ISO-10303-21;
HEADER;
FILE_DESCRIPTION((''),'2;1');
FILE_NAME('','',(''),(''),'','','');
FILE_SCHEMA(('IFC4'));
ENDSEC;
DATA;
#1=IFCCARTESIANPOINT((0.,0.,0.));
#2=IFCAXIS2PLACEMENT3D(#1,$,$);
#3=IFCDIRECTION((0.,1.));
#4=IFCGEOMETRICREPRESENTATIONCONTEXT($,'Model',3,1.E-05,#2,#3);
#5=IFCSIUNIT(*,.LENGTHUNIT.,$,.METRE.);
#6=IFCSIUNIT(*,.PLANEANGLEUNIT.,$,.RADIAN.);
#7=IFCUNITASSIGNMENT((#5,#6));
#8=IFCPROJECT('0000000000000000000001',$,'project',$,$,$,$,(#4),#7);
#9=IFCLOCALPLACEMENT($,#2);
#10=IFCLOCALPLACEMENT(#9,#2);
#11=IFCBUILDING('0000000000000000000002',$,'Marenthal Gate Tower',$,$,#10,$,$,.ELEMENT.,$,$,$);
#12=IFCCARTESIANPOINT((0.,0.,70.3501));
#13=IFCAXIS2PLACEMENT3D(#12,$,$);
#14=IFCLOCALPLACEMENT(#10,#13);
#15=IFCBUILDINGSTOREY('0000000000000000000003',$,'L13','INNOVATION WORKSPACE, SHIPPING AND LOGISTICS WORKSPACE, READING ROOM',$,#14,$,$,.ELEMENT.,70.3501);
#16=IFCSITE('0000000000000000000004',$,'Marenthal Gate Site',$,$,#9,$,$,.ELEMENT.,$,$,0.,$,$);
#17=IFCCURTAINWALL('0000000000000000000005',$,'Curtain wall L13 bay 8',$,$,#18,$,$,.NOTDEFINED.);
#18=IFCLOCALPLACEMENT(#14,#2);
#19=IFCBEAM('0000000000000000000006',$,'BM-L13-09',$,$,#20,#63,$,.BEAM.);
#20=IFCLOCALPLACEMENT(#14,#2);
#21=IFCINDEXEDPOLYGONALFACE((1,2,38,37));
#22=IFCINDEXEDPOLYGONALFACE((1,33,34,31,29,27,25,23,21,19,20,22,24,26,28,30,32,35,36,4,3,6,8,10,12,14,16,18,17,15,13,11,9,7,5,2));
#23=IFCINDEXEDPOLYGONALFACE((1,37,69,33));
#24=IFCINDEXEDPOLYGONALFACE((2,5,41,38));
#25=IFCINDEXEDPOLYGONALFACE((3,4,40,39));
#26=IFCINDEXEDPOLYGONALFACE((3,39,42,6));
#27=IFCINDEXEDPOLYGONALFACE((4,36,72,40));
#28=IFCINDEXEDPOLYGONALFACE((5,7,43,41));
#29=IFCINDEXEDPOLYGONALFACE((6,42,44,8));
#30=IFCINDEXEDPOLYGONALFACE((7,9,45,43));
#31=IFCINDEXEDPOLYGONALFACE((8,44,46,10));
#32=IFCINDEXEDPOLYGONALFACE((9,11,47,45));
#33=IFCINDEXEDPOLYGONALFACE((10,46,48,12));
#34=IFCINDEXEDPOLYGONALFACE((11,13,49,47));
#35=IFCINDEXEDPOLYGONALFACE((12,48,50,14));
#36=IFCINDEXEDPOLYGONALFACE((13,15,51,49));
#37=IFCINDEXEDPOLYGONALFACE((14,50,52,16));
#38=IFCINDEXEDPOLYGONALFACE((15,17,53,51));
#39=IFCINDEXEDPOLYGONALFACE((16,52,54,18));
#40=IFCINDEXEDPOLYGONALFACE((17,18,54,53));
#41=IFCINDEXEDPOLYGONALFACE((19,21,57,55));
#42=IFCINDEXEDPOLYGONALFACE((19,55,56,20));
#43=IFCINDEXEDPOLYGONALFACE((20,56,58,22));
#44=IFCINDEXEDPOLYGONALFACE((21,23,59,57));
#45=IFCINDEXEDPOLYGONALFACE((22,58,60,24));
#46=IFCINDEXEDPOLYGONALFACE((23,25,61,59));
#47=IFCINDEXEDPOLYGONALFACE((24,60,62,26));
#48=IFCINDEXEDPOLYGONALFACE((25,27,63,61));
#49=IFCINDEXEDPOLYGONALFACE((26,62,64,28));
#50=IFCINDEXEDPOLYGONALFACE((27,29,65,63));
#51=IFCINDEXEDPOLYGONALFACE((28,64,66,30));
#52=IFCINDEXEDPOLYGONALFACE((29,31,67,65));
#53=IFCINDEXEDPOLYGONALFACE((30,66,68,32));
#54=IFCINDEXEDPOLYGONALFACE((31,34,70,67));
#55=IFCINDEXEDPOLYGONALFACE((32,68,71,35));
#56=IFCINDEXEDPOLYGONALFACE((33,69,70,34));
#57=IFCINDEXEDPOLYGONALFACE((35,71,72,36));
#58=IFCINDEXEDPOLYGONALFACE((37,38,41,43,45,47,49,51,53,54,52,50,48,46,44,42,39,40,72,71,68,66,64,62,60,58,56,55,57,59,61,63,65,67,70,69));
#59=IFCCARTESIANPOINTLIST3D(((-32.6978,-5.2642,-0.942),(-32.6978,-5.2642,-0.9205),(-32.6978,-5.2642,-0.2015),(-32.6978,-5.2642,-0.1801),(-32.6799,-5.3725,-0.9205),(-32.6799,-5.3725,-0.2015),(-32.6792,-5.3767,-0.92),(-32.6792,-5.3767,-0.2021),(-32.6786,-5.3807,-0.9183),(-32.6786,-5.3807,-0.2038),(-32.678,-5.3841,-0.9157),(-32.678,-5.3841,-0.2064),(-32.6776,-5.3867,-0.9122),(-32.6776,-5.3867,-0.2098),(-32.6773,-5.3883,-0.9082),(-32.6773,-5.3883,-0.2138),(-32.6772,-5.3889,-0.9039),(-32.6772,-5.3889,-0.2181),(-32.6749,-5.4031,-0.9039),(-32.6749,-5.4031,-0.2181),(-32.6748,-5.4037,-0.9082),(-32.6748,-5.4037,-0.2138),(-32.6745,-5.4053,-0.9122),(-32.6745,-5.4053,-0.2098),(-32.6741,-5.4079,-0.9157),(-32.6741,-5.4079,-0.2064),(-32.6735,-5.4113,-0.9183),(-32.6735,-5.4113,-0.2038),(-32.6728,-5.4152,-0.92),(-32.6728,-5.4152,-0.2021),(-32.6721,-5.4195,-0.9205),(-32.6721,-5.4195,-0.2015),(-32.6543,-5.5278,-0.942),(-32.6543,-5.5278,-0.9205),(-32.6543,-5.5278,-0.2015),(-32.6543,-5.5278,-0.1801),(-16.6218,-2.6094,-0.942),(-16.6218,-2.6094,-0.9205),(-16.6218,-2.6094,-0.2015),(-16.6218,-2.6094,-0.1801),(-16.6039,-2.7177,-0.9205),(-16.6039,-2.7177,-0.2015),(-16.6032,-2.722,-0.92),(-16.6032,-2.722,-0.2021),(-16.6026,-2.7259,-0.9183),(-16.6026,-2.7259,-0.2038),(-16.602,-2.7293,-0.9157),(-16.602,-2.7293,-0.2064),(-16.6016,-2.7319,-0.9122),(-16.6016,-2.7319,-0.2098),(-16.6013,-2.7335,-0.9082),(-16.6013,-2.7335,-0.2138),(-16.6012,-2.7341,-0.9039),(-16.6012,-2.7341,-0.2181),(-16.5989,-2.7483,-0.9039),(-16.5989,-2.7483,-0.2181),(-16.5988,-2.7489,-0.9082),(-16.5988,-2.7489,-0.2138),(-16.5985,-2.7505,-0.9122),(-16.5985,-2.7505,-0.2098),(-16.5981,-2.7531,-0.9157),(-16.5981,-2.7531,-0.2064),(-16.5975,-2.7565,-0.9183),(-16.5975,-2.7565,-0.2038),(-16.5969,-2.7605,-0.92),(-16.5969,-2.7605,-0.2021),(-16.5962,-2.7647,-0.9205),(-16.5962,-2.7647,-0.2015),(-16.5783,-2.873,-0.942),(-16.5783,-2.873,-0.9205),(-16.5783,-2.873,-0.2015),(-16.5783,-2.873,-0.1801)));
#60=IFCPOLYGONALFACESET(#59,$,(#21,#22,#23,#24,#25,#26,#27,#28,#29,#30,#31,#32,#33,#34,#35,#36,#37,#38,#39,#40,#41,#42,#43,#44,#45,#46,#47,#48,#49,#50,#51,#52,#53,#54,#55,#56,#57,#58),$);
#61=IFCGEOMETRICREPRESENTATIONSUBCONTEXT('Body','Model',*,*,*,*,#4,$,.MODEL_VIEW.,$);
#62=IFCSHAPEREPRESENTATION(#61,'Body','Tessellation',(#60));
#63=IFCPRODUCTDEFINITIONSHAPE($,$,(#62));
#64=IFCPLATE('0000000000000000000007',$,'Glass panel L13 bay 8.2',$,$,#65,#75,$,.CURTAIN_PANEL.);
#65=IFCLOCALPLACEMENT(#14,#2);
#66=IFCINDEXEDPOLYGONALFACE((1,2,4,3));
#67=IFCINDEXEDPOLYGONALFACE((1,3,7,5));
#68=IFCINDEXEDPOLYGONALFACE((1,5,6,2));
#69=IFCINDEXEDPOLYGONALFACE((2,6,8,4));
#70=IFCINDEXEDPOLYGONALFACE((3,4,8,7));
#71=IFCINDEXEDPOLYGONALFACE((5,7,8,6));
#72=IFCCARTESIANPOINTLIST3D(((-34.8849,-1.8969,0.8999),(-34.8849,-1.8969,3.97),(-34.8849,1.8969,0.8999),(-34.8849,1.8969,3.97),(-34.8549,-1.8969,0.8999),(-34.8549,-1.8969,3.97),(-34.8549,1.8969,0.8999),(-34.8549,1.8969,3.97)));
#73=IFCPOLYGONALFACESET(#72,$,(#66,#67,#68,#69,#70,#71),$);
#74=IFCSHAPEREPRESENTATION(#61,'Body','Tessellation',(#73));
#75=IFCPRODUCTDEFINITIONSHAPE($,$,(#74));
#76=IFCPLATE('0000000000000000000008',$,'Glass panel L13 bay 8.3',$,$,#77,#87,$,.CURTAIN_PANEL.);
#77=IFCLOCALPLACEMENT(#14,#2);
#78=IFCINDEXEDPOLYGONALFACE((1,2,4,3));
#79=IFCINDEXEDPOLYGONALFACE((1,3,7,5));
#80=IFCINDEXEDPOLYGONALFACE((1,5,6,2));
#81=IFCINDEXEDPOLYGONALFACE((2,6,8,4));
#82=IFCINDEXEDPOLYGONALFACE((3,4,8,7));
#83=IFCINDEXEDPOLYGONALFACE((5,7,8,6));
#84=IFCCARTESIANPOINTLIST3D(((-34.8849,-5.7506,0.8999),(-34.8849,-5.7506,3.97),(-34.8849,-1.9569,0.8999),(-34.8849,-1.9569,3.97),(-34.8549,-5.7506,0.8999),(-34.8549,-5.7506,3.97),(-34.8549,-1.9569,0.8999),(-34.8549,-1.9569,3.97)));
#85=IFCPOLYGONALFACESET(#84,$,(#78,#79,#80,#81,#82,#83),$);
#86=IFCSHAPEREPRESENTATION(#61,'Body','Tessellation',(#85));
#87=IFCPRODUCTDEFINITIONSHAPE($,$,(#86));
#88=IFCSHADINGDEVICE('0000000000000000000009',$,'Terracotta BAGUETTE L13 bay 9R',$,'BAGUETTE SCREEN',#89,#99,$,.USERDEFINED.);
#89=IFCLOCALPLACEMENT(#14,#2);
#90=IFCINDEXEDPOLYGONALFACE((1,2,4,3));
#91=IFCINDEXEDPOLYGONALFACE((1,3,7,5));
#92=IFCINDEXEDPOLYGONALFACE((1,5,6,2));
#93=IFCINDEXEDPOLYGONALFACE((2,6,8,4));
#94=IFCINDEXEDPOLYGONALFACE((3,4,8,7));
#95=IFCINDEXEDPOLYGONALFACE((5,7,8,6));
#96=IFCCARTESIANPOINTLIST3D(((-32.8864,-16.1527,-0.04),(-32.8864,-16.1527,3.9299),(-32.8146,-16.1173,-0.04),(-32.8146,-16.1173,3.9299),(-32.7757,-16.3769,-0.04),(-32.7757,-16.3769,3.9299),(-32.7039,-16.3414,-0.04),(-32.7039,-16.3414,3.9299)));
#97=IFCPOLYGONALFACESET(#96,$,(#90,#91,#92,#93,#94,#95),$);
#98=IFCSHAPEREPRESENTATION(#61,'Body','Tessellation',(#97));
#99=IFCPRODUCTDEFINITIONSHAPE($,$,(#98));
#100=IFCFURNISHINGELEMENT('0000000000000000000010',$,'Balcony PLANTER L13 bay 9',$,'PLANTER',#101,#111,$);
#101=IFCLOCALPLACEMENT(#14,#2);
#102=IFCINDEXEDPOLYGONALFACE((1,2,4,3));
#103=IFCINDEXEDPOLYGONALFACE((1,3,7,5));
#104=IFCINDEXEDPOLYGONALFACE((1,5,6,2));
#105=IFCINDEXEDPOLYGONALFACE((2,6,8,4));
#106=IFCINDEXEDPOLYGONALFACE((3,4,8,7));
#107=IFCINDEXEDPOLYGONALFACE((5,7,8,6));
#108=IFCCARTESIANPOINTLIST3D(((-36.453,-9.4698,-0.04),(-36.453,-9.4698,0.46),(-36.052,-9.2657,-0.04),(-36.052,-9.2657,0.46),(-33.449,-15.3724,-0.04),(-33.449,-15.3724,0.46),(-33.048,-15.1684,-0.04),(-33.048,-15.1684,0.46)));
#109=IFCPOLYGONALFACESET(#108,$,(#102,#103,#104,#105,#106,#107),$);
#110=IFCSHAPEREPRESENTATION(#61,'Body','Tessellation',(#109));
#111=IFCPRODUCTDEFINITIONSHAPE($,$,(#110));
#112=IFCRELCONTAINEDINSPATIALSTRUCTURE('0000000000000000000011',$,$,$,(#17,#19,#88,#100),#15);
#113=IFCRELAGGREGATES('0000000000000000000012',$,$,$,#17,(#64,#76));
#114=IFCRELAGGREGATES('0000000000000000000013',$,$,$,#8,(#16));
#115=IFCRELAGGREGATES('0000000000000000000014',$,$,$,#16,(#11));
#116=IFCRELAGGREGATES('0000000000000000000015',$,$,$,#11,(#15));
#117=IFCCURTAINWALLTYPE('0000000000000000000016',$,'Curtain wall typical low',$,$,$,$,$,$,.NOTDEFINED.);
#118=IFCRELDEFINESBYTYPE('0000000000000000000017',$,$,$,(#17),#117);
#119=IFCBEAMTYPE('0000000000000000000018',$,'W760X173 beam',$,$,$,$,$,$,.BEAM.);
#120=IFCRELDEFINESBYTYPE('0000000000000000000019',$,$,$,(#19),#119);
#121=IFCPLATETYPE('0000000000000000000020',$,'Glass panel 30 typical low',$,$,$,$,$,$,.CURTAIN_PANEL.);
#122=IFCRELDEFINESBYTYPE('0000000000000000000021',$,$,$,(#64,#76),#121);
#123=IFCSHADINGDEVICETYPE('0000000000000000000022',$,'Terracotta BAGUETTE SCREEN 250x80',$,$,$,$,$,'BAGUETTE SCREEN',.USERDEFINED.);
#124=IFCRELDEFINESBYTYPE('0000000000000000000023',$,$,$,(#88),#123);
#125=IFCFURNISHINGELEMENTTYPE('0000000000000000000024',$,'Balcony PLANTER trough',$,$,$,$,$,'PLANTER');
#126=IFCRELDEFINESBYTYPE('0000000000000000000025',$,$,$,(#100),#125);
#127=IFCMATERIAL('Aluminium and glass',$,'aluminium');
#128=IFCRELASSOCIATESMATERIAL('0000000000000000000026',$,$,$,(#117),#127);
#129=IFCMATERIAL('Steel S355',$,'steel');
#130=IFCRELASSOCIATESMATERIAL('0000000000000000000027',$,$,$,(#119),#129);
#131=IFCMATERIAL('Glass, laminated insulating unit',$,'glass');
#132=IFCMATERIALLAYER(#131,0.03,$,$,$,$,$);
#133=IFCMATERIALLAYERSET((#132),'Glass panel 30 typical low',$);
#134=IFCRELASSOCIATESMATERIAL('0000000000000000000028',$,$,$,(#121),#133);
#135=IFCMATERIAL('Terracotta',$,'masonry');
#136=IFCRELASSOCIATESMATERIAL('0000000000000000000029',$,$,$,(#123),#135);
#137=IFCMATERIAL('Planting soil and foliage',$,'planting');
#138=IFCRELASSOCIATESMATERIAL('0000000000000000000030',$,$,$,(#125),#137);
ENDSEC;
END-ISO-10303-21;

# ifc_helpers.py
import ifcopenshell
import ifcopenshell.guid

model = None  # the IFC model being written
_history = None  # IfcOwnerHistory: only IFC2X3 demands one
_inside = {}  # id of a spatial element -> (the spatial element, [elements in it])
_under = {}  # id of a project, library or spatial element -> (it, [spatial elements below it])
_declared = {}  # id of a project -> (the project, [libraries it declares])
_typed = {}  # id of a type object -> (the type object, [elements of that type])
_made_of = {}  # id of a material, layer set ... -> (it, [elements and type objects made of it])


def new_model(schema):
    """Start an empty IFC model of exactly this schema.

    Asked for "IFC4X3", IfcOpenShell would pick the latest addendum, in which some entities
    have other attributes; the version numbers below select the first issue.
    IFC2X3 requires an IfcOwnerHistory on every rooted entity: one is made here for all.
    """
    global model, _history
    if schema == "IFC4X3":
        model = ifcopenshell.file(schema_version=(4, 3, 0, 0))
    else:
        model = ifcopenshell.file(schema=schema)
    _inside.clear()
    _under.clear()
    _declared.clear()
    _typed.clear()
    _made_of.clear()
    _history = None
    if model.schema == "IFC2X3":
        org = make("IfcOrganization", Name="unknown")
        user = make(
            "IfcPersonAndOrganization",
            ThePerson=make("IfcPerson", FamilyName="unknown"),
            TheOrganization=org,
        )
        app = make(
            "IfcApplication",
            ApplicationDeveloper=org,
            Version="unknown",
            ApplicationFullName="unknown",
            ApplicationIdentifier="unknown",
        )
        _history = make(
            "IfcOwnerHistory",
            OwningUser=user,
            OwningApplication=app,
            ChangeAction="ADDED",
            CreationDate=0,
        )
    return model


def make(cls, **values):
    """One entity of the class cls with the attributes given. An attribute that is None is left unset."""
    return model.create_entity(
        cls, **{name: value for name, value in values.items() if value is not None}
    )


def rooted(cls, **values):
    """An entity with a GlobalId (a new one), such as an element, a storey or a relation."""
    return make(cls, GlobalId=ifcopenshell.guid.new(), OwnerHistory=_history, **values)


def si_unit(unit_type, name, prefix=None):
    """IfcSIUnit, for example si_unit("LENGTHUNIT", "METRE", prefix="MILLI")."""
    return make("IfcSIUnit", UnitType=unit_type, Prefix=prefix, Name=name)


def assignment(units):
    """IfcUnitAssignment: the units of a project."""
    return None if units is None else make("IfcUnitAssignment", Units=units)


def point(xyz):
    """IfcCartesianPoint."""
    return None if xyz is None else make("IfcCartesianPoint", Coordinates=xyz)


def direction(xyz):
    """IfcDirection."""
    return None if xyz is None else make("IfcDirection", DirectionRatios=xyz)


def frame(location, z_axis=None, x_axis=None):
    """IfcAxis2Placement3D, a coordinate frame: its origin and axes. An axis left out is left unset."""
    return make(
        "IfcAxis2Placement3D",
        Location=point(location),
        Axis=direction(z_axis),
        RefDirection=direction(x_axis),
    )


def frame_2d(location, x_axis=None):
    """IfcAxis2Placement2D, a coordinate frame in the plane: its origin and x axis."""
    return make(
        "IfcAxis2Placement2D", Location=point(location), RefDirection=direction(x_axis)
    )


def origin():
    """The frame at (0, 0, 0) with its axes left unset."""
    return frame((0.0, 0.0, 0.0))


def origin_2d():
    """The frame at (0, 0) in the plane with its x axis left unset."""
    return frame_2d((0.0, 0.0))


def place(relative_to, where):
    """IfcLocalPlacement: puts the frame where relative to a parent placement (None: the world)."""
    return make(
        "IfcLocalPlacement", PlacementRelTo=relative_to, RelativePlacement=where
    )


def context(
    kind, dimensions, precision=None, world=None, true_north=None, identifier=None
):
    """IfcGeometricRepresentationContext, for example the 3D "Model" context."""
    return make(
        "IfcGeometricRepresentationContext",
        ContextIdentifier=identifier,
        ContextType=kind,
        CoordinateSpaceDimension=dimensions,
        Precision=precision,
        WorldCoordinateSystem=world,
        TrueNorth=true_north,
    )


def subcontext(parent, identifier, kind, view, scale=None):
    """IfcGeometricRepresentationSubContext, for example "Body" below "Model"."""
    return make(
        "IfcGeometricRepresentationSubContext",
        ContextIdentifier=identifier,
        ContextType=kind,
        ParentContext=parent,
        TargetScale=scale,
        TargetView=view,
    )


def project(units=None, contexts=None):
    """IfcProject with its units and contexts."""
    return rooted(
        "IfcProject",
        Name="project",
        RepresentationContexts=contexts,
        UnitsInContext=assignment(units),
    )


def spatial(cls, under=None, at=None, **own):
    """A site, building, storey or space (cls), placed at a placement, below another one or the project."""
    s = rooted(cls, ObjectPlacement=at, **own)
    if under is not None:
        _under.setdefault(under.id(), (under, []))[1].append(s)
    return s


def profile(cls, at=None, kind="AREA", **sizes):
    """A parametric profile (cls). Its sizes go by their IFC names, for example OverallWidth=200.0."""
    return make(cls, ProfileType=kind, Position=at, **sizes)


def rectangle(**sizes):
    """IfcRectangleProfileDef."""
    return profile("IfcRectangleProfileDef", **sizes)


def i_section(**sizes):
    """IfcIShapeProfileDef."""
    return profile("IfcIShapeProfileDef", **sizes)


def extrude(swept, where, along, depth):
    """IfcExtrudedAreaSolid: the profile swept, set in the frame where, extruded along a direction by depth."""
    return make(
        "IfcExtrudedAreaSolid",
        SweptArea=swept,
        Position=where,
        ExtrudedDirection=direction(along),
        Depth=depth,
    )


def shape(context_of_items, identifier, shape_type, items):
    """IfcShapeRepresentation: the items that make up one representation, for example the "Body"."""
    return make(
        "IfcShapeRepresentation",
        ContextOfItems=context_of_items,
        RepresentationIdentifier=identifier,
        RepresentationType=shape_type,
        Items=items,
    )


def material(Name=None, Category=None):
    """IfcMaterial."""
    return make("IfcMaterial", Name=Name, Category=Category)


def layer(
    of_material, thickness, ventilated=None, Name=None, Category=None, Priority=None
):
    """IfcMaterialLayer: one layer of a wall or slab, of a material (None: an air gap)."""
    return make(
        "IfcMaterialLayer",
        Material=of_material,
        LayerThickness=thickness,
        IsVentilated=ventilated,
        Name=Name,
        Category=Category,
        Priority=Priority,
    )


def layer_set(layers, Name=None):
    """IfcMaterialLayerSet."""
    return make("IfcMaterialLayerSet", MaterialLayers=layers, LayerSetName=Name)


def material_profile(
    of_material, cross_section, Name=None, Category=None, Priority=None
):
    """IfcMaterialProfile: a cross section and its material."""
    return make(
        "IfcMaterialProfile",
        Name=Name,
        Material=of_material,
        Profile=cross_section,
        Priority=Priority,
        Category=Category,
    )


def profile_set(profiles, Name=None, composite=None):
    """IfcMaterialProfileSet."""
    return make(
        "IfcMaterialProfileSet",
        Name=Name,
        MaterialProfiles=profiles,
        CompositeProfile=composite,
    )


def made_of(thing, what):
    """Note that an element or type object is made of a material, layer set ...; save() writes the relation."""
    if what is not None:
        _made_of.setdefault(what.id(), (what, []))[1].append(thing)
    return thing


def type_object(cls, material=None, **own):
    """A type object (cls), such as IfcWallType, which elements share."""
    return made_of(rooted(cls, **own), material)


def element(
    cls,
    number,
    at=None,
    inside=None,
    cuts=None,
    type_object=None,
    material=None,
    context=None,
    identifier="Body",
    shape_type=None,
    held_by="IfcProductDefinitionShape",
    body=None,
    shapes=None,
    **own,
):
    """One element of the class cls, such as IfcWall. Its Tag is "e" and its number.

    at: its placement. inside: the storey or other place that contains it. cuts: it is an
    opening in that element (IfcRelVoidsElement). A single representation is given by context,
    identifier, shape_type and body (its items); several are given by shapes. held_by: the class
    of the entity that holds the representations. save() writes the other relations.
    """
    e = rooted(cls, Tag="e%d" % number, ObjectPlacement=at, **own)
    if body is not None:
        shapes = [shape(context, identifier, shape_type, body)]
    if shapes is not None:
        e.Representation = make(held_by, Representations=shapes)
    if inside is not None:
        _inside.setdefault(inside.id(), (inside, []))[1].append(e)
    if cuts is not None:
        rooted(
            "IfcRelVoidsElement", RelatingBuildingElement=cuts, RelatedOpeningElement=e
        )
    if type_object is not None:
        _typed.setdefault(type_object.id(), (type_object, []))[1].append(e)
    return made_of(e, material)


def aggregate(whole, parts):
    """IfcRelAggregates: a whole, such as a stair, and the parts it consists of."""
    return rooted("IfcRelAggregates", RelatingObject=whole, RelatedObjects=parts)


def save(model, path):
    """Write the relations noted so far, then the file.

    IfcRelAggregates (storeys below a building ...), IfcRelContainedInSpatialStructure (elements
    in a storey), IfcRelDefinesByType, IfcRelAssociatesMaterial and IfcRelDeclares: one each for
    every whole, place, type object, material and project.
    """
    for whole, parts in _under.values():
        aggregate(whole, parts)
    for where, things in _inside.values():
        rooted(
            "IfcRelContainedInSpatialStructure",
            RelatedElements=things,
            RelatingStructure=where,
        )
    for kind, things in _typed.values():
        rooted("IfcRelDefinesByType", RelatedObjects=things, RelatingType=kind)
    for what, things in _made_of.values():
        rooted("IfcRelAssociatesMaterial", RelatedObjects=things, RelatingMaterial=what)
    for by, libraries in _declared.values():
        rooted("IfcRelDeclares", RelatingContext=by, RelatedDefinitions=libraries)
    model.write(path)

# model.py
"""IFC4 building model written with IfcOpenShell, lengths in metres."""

from ifc_helpers import new_model, si_unit, direction, frame, origin, origin_2d, place, context, subcontext, project, spatial, rectangle, i_section, extrude, material, layer, layer_set, material_profile, profile_set, type_object, element, aggregate, save


model = new_model("IFC4")

# Units and contexts
model_context = context("Model", 3, precision=1e-05, world=origin(), true_north=direction((0.0, 1.0)))
body_context = subcontext(model_context, "Body", "Model", "MODEL_VIEW")
ifc_project = project(units=[si_unit("LENGTHUNIT", "METRE"), si_unit("PLANEANGLEUNIT", "RADIAN")], contexts=[model_context])

# Site, building, storey
site_placement = place(None, origin())
site = spatial("IfcSite", under=ifc_project, at=site_placement, Name="Marenthal Gate Site", CompositionType="ELEMENT", RefElevation=0.0)
building_placement = place(site_placement, origin())
building = spatial("IfcBuilding", under=site, at=building_placement, Name="Marenthal Gate Tower", CompositionType="ELEMENT")
storey_placement = place(building_placement, frame((0.0, 0.0, 70.3501)))
storey = spatial("IfcBuildingStorey", under=building, at=storey_placement, Name="L13", Description="INNOVATION WORKSPACE, SHIPPING AND LOGISTICS WORKSPACE, READING ROOM", CompositionType="ELEMENT", Elevation=70.3501)

# Curtain wall
ifc_material_1 = material(Name="Aluminium and glass", Category="aluminium")
curtain_wall_type = type_object("IfcCurtainWallType", Name="Curtain wall typical low", PredefinedType="NOTDEFINED", material=ifc_material_1)
curtain_wall_placement = place(storey_placement, origin())
curtain_wall = element("IfcCurtainWall", 1, at=curtain_wall_placement, inside=storey, type_object=curtain_wall_type, Name="Curtain wall L13 bay 8", PredefinedType="NOTDEFINED")

# Beam
ifc_material_2 = material(Name="Steel S355", Category="steel")
ifc_material_profile_1 = material_profile(ifc_material_2, i_section(OverallWidth=0.2671, OverallDepth=0.762, WebThickness=0.0144, FlangeThickness=0.0215, FilletRadius=0.0166, at=origin_2d()), Name="W760X173")
ifc_profile_set_1 = profile_set([ifc_material_profile_1], Name="Steel S355")
beam_type_1 = type_object("IfcBeamType", Name="W760X173 beam", PredefinedType="BEAM", material=ifc_profile_set_1)
beam_1_placement = place(storey_placement, frame((-32.676, -5.396, -0.561), z_axis=(0.986637, 0.162934, 0.0), x_axis=(-0.162934, 0.986637, 0.0)))
element("IfcBeam", 2, at=beam_1_placement, inside=storey, type_object=beam_type_1, Name="BM-L13-09", PredefinedType="BEAM", context=body_context, shape_type="SweptSolid", body=[
    extrude(i_section(OverallWidth=0.2671, OverallDepth=0.762, WebThickness=0.0144, FlangeThickness=0.0215, FilletRadius=0.0166, at=origin_2d()), origin(), (0.0, 0.0, 1.0), 16.2937),
])

# Plates
ifc_material_3 = material(Name="Glass, laminated insulating unit", Category="glass")
ifc_layer_1 = layer(ifc_material_3, 0.03)
ifc_layer_set_1 = layer_set([ifc_layer_1], Name="Glass panel 30 typical low")
plate_type = type_object("IfcPlateType", Name="Glass panel 30 typical low", PredefinedType="CURTAIN_PANEL", material=ifc_layer_set_1)
plate_1_placement = place(storey_placement, frame((-34.8699, 0.0, 0.8999), z_axis=(0.0, 0.0, 1.0), x_axis=(0.0, -1.0, 0.0)))
plate_1 = element("IfcPlate", 3, at=plate_1_placement, type_object=plate_type, Name="Glass panel L13 bay 8.2", PredefinedType="CURTAIN_PANEL", context=body_context, shape_type="SweptSolid", body=[
    extrude(rectangle(XDim=3.7937, YDim=0.03, at=origin_2d()), origin(), (0.0, 0.0, 1.0), 3.0701),
])
plate_2_placement = place(storey_placement, frame((-34.8699, -3.8538, 0.8999), z_axis=(0.0, 0.0, 1.0), x_axis=(0.0, -1.0, 0.0)))
plate_2 = element("IfcPlate", 4, at=plate_2_placement, type_object=plate_type, Name="Glass panel L13 bay 8.3", PredefinedType="CURTAIN_PANEL", context=body_context, shape_type="SweptSolid", body=[
    extrude(rectangle(XDim=3.7937, YDim=0.03, at=origin_2d()), origin(), (0.0, 0.0, 1.0), 3.0701),
])
aggregate(curtain_wall, [plate_1, plate_2])

# Shading device
ifc_material_4 = material(Name="Terracotta", Category="masonry")
ifc_material_profile_2 = material_profile(ifc_material_4, rectangle(XDim=0.25, YDim=0.0801, at=origin_2d()), Name="Terracotta baguette 250x80")
ifc_profile_set_2 = profile_set([ifc_material_profile_2], Name="Terracotta")
shading_device_type = type_object("IfcShadingDeviceType", Name="Terracotta BAGUETTE SCREEN 250x80", ElementType="BAGUETTE SCREEN", PredefinedType="USERDEFINED", material=ifc_profile_set_2)
shading_device_placement = place(storey_placement, frame((-32.7952, -16.2471, -0.04), z_axis=(0.0, 0.0, 1.0), x_axis=(0.442939, -0.896552, 0.0)))
element("IfcShadingDevice", 5, at=shading_device_placement, inside=storey, type_object=shading_device_type, Name="Terracotta BAGUETTE L13 bay 9R", ObjectType="BAGUETTE SCREEN", PredefinedType="USERDEFINED", context=body_context, shape_type="SweptSolid", body=[
    extrude(rectangle(XDim=0.25, YDim=0.0801, at=origin_2d()), origin(), (0.0, 0.0, 1.0), 3.97),
])

# Furnishing element
ifc_material_5 = material(Name="Planting soil and foliage", Category="planting")
furnishing_element_type = type_object("IfcFurnishingElementType", Name="Balcony PLANTER trough", ElementType="PLANTER", material=ifc_material_5)
furnishing_placement = place(storey_placement, frame((-34.7505, -12.3191, -0.04), z_axis=(0.0, 0.0, 1.0), x_axis=(0.453561, -0.891225, 0.0)))
element("IfcFurnishingElement", 6, at=furnishing_placement, inside=storey, type_object=furnishing_element_type, Name="Balcony PLANTER L13 bay 9", ObjectType="PLANTER", context=body_context, shape_type="SweptSolid", body=[
    extrude(rectangle(XDim=6.623, YDim=0.45, at=origin_2d()), origin(), (0.0, 0.0, 1.0), 0.5),
])

save(model, "model.ifc")
